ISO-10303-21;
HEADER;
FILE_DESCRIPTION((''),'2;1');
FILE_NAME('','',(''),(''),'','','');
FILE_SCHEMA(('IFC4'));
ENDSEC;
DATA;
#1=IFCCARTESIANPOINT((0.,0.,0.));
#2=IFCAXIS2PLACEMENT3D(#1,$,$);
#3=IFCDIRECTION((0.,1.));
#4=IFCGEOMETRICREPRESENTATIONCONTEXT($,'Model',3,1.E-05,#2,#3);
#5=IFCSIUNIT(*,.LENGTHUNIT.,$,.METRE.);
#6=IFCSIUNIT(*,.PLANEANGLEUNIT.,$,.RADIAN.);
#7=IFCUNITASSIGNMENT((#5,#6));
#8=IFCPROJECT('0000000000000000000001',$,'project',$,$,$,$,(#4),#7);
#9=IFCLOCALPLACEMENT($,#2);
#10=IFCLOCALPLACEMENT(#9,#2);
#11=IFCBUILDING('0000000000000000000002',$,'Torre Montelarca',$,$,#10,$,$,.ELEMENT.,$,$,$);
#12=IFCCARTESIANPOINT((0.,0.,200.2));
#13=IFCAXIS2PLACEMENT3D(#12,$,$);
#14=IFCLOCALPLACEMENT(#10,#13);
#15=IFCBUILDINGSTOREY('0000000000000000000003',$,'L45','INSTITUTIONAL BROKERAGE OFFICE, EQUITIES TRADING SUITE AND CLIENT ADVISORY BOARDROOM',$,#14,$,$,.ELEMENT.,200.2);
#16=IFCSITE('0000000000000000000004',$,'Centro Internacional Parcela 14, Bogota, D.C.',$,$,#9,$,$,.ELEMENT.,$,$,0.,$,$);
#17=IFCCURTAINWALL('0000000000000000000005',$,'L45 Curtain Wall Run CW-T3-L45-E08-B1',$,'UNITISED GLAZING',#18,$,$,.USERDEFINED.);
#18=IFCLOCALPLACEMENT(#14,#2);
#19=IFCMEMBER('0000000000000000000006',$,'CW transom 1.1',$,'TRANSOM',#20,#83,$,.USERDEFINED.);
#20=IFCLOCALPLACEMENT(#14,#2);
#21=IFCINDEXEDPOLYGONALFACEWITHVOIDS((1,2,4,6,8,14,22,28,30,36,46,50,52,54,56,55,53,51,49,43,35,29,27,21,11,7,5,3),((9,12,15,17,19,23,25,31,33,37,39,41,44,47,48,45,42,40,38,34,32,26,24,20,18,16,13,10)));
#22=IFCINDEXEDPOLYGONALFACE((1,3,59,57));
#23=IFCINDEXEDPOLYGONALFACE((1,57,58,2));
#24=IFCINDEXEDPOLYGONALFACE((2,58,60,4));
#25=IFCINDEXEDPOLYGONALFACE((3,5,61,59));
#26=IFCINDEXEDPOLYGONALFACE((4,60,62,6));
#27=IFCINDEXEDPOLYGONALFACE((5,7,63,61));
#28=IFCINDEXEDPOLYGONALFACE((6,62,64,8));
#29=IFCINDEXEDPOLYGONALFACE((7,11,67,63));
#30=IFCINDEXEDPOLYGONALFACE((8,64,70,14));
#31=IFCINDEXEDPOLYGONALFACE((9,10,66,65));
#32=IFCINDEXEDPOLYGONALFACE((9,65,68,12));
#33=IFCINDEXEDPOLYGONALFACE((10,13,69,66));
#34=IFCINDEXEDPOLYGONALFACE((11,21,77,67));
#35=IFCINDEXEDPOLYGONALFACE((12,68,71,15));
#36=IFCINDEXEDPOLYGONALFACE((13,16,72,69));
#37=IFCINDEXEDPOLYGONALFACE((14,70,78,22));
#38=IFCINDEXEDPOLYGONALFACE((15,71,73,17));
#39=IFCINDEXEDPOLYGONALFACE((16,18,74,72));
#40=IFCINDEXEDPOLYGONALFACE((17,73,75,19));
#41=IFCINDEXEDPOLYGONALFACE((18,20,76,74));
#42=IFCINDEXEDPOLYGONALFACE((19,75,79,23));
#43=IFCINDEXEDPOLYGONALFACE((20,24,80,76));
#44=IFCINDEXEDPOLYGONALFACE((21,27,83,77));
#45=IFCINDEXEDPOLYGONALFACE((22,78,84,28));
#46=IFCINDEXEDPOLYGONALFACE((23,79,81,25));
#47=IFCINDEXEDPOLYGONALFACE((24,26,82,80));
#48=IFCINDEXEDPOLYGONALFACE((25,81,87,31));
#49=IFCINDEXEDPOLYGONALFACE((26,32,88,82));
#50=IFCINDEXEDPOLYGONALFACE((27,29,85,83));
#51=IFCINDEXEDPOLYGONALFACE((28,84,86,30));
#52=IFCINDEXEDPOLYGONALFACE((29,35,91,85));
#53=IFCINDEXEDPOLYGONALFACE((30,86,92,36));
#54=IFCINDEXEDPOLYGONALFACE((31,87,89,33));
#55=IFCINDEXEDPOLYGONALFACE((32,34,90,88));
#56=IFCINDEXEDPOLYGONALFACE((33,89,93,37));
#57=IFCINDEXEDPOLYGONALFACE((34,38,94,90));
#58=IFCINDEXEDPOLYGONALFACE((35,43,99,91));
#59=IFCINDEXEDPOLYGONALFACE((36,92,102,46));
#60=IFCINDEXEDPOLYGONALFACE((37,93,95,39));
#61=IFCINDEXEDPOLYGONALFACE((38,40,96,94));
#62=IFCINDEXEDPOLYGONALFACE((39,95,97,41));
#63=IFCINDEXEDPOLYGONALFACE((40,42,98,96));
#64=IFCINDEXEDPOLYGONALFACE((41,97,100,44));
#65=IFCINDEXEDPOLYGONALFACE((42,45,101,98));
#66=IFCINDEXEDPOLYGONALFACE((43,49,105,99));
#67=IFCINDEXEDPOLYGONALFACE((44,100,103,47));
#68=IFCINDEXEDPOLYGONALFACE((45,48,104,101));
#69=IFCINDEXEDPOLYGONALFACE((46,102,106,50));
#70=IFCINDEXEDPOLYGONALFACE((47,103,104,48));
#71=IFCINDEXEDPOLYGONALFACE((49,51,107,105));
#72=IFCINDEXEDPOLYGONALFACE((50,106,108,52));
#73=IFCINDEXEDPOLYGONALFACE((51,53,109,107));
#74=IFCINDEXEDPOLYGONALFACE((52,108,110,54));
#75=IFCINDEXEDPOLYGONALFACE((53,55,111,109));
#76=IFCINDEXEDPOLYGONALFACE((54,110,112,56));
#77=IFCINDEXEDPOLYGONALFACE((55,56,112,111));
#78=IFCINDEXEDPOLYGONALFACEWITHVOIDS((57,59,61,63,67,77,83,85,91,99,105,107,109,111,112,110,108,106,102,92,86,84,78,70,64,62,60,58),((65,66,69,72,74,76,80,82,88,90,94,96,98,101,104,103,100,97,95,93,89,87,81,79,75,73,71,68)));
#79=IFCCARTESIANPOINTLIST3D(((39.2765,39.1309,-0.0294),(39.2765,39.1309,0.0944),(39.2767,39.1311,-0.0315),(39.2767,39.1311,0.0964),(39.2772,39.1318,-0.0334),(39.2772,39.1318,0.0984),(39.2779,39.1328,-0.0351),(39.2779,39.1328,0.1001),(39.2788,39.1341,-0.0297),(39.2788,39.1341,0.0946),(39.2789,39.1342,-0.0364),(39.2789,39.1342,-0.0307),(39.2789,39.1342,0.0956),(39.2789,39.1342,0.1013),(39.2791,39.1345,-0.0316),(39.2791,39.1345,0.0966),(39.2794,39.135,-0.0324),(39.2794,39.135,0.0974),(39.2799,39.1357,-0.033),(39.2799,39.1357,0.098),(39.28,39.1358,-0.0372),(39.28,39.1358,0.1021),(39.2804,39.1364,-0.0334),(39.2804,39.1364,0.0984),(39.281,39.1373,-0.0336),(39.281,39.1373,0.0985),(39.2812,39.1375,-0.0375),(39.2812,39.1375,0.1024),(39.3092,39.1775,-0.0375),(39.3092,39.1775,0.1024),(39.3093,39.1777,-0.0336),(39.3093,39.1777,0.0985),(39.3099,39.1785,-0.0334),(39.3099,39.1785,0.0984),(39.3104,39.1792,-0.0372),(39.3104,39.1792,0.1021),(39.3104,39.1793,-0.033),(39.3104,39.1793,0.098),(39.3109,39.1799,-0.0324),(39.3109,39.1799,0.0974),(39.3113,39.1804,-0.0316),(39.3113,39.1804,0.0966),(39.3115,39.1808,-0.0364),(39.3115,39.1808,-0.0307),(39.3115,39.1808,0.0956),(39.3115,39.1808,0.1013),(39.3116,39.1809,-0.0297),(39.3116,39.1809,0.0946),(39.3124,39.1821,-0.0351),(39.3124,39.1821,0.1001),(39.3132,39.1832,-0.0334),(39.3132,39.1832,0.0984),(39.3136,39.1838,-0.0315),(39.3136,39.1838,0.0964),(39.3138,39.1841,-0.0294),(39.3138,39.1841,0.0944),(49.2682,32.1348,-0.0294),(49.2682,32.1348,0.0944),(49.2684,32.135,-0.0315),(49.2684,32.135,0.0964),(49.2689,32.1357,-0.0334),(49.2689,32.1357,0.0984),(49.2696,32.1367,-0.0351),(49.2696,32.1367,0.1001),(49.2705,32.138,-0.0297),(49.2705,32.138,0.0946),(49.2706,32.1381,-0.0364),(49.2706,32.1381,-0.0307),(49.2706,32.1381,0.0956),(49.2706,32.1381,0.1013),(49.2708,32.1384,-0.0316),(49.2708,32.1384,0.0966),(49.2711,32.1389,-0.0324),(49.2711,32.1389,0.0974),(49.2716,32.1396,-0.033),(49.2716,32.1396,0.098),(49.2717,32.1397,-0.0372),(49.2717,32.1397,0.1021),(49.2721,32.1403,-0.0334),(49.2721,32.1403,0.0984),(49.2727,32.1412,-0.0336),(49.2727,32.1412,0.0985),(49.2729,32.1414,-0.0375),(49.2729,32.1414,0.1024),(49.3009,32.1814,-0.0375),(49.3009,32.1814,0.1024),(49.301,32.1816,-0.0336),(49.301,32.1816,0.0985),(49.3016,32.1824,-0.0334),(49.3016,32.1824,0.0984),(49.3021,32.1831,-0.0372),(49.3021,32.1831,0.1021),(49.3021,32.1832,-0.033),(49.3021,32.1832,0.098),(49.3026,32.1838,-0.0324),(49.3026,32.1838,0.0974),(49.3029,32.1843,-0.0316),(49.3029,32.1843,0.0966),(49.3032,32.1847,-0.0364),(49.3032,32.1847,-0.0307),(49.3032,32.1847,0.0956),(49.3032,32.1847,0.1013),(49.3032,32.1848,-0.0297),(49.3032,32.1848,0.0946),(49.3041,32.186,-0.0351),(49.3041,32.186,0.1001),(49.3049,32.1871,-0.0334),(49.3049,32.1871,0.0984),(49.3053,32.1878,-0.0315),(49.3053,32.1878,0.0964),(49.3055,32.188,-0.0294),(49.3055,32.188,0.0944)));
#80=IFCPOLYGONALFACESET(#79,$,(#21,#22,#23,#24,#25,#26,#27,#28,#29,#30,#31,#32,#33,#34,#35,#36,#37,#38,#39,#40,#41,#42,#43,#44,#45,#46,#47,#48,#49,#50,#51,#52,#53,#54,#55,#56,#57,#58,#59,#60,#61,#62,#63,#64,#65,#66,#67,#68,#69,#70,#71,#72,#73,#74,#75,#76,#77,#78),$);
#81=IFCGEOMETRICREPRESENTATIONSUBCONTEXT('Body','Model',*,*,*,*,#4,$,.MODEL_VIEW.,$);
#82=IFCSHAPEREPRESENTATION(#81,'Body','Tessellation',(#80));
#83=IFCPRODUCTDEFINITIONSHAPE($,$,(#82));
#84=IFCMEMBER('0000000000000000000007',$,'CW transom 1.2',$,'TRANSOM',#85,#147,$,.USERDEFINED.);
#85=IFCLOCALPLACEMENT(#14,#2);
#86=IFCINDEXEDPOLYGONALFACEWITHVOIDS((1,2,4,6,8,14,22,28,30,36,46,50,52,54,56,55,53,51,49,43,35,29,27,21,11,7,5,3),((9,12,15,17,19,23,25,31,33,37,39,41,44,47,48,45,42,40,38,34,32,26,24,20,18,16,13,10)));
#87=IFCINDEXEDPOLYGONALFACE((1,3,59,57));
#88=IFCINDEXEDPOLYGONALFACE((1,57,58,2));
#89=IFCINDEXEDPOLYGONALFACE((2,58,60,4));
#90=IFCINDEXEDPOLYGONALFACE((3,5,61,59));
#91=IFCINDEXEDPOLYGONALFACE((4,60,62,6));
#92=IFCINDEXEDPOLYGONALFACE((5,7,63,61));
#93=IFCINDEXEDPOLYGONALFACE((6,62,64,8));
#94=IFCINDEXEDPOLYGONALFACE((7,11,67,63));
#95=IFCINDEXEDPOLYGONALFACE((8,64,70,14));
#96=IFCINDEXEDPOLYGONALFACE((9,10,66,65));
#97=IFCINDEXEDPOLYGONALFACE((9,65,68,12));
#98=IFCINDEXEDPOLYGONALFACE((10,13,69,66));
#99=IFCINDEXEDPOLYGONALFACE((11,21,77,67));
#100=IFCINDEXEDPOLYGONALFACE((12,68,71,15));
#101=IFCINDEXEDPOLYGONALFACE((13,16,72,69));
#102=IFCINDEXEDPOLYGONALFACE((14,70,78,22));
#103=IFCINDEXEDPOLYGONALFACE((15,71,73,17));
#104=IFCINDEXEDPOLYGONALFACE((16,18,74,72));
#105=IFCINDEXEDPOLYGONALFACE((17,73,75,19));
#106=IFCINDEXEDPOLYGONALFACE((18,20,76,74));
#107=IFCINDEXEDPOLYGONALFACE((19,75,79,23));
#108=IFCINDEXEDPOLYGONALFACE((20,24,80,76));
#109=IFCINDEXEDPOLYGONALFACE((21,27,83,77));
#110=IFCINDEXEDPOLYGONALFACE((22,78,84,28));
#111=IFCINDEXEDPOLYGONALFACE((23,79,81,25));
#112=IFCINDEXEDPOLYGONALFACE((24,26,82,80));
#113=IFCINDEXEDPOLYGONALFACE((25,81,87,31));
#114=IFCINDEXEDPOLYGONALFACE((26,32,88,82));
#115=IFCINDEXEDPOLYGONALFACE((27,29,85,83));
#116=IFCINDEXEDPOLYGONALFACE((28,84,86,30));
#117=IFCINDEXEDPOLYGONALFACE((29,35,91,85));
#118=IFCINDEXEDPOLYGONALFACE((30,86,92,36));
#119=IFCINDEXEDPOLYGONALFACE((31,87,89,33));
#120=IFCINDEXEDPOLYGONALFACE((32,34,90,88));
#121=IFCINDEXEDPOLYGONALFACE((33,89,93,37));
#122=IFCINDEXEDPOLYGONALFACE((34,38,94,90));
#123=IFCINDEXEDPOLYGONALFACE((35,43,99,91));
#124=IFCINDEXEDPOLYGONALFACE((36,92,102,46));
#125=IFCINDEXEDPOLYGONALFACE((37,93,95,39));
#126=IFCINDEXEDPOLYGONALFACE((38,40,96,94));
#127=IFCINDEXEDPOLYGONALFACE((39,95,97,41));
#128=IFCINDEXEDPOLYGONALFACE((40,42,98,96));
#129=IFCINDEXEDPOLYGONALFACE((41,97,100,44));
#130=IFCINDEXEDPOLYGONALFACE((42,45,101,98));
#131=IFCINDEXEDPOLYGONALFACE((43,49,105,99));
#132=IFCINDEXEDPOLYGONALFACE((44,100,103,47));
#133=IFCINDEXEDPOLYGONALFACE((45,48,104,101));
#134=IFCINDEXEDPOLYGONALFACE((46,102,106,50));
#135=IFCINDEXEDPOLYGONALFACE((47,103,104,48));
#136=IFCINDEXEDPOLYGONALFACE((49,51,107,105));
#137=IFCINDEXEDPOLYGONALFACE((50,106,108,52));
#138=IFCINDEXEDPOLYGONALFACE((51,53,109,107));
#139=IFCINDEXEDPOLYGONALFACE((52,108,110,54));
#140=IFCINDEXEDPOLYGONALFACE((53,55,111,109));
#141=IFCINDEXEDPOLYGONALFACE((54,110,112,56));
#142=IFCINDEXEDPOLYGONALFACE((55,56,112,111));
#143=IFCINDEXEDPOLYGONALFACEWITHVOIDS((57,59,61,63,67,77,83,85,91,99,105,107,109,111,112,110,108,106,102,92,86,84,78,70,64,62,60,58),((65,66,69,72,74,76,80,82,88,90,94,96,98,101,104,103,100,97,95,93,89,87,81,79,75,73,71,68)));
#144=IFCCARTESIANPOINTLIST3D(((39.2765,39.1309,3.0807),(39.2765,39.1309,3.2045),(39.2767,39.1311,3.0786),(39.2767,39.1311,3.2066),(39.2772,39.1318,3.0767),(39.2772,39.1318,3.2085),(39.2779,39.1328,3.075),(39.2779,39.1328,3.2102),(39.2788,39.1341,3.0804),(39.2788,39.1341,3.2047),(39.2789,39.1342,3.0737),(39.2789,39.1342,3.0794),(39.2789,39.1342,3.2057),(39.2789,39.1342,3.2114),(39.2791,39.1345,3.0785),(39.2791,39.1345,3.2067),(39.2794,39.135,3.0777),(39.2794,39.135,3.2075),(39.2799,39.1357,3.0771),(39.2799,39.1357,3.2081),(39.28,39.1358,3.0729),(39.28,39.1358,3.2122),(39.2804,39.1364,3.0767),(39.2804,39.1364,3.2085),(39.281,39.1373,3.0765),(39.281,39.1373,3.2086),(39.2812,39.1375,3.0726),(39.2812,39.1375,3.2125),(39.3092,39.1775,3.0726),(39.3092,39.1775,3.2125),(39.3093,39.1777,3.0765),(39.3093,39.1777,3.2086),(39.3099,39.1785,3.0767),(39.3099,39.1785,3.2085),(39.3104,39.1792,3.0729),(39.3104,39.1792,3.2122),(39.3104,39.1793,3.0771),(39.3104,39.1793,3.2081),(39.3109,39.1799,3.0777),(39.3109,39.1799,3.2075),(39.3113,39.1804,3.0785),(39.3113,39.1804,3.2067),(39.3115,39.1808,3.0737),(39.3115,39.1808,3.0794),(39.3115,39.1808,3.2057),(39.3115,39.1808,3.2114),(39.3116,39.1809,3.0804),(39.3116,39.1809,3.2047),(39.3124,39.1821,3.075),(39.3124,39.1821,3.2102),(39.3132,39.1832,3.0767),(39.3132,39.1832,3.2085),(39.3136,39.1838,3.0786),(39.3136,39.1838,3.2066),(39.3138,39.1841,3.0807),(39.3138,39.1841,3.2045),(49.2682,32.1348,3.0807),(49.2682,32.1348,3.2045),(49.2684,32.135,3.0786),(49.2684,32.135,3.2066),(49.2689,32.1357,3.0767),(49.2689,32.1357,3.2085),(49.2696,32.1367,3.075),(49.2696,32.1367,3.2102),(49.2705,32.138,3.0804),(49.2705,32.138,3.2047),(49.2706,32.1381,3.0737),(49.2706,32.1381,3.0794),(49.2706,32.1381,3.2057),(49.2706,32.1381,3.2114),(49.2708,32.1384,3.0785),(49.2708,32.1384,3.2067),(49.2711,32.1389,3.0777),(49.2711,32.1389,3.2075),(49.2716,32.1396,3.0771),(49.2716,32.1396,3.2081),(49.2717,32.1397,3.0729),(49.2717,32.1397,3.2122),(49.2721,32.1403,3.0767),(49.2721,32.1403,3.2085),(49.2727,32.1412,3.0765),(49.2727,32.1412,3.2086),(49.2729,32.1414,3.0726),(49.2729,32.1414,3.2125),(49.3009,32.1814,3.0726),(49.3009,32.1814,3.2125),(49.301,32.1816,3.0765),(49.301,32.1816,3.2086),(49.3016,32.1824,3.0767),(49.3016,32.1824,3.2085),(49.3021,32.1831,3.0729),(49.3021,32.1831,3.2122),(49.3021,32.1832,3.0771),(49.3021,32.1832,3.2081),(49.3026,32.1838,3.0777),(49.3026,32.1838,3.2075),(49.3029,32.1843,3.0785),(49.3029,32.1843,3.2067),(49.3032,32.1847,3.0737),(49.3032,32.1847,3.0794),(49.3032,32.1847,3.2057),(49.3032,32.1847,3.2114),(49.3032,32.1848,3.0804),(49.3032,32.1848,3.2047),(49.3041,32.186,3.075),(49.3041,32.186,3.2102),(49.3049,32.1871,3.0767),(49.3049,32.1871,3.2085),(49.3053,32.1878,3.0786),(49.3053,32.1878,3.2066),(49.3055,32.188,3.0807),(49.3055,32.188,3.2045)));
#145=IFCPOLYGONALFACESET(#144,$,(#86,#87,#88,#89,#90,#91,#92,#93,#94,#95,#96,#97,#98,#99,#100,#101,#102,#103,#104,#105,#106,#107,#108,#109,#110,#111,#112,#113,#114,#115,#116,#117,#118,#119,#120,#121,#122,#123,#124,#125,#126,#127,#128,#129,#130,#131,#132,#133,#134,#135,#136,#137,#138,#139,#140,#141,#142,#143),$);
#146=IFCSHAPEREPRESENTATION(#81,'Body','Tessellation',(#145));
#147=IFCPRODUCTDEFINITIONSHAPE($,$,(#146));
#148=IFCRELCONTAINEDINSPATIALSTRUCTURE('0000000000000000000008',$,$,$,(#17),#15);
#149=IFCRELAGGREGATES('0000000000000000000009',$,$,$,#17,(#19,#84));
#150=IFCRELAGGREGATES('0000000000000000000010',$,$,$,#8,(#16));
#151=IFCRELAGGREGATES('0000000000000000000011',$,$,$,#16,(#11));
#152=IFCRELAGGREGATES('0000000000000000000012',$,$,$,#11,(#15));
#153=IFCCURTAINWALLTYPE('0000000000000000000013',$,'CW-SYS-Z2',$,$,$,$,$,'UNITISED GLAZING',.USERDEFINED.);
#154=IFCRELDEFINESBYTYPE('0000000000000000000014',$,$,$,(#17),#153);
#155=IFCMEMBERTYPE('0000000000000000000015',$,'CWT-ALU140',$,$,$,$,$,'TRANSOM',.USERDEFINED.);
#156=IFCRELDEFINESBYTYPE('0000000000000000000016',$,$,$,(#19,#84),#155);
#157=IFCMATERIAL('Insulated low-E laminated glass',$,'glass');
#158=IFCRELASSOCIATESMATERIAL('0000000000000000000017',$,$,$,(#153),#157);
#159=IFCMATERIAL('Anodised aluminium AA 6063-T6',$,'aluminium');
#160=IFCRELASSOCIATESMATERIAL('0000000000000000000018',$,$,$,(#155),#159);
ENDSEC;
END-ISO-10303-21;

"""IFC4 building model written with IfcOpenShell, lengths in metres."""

from ifc_helpers import new_model, si_unit, direction, frame, origin, origin_2d, place, context, subcontext, project, spatial, hollow_rectangle, extrude, source, transform, mapped, material, material_profile, profile_set, type_object, element, aggregate, save


model = new_model("IFC4")

# Units and contexts
model_context = context("Model", 3, precision=1e-05, world=origin(), true_north=direction((0.0, 1.0)))
body_context = subcontext(model_context, "Body", "Model", "MODEL_VIEW")
ifc_project = project(units=[si_unit("LENGTHUNIT", "METRE"), si_unit("PLANEANGLEUNIT", "RADIAN")], contexts=[model_context])

# Site, building, storey
site_placement = place(None, origin())
site = spatial("IfcSite", under=ifc_project, at=site_placement, Name="Centro Internacional Parcela 14, Bogota, D.C.", CompositionType="ELEMENT", RefElevation=0.0)
building_placement = place(site_placement, origin())
building = spatial("IfcBuilding", under=site, at=building_placement, Name="Torre Montelarca", CompositionType="ELEMENT")
storey_placement = place(building_placement, frame((0.0, 0.0, 200.2)))
storey = spatial("IfcBuildingStorey", under=building, at=storey_placement, Name="L45", Description="INSTITUTIONAL BROKERAGE OFFICE, EQUITIES TRADING SUITE AND CLIENT ADVISORY BOARDROOM", CompositionType="ELEMENT", Elevation=200.2)

# Curtain wall
ifc_material_1 = material(Name="Insulated low-E laminated glass", Category="glass")
curtain_wall_type = type_object("IfcCurtainWallType", Name="CW-SYS-Z2", ElementType="UNITISED GLAZING", PredefinedType="USERDEFINED", material=ifc_material_1)
ifc_material_2 = material(Name="Anodised aluminium AA 6063-T6", Category="aluminium")
ifc_material_profile_1 = material_profile(ifc_material_2, hollow_rectangle(XDim=0.0649, YDim=0.1399, WallThickness=0.0039, InnerFilletRadius=0.0039, OuterFilletRadius=0.0081, at=origin_2d()), Name="ALU65X140X4", Category="aluminium")
ifc_profile_set_1 = profile_set([ifc_material_profile_1], Name="Anodised aluminium AA 6063-T6")
member_type_1 = type_object("IfcMemberType", Name="CWT-ALU140", ElementType="TRANSOM", PredefinedType="USERDEFINED", material=ifc_profile_set_1)
curtain_wall_1_placement = place(storey_placement, origin())
curtain_wall_1 = element("IfcCurtainWall", 1, at=curtain_wall_1_placement, inside=storey, type_object=curtain_wall_type, Name="L45 Curtain Wall Run CW-T3-L45-E08-B1", ObjectType="UNITISED GLAZING", PredefinedType="USERDEFINED")

# Members
shared_shape_1 = source(origin(), body_context, "Body", "SweptSolid", [
    extrude(hollow_rectangle(XDim=0.0649, YDim=0.1399, WallThickness=0.0039, InnerFilletRadius=0.0039, OuterFilletRadius=0.0081, at=origin_2d()), origin(), (0.0, 0.0, 1.0), 12.1975),
])
member_1_placement = place(storey_placement, frame((49.2869, 32.1614, 0.0325), z_axis=(-0.819159, 0.573567, 0.0), x_axis=(-0.573567, -0.819159, 0.0)))
member_1 = element("IfcMember", 2, at=member_1_placement, type_object=member_type_1, Name="CW transom 1.1", ObjectType="TRANSOM", PredefinedType="USERDEFINED", context=body_context, shape_type="MappedRepresentation", body=[
    mapped(shared_shape_1, transform((0.0, 0.0, 0.0), scale=1.0)),
])
member_2_placement = place(storey_placement, frame((49.2869, 32.1614, 3.1426), z_axis=(-0.819159, 0.573567, 0.0), x_axis=(-0.573567, -0.819159, 0.0)))
member_2 = element("IfcMember", 3, at=member_2_placement, type_object=member_type_1, Name="CW transom 1.2", ObjectType="TRANSOM", PredefinedType="USERDEFINED", context=body_context, shape_type="MappedRepresentation", body=[
    mapped(shared_shape_1, transform((0.0, 0.0, 0.0), scale=1.0)),
])

aggregate(curtain_wall_1, [member_1, member_2])

save(model, "model.ifc")
